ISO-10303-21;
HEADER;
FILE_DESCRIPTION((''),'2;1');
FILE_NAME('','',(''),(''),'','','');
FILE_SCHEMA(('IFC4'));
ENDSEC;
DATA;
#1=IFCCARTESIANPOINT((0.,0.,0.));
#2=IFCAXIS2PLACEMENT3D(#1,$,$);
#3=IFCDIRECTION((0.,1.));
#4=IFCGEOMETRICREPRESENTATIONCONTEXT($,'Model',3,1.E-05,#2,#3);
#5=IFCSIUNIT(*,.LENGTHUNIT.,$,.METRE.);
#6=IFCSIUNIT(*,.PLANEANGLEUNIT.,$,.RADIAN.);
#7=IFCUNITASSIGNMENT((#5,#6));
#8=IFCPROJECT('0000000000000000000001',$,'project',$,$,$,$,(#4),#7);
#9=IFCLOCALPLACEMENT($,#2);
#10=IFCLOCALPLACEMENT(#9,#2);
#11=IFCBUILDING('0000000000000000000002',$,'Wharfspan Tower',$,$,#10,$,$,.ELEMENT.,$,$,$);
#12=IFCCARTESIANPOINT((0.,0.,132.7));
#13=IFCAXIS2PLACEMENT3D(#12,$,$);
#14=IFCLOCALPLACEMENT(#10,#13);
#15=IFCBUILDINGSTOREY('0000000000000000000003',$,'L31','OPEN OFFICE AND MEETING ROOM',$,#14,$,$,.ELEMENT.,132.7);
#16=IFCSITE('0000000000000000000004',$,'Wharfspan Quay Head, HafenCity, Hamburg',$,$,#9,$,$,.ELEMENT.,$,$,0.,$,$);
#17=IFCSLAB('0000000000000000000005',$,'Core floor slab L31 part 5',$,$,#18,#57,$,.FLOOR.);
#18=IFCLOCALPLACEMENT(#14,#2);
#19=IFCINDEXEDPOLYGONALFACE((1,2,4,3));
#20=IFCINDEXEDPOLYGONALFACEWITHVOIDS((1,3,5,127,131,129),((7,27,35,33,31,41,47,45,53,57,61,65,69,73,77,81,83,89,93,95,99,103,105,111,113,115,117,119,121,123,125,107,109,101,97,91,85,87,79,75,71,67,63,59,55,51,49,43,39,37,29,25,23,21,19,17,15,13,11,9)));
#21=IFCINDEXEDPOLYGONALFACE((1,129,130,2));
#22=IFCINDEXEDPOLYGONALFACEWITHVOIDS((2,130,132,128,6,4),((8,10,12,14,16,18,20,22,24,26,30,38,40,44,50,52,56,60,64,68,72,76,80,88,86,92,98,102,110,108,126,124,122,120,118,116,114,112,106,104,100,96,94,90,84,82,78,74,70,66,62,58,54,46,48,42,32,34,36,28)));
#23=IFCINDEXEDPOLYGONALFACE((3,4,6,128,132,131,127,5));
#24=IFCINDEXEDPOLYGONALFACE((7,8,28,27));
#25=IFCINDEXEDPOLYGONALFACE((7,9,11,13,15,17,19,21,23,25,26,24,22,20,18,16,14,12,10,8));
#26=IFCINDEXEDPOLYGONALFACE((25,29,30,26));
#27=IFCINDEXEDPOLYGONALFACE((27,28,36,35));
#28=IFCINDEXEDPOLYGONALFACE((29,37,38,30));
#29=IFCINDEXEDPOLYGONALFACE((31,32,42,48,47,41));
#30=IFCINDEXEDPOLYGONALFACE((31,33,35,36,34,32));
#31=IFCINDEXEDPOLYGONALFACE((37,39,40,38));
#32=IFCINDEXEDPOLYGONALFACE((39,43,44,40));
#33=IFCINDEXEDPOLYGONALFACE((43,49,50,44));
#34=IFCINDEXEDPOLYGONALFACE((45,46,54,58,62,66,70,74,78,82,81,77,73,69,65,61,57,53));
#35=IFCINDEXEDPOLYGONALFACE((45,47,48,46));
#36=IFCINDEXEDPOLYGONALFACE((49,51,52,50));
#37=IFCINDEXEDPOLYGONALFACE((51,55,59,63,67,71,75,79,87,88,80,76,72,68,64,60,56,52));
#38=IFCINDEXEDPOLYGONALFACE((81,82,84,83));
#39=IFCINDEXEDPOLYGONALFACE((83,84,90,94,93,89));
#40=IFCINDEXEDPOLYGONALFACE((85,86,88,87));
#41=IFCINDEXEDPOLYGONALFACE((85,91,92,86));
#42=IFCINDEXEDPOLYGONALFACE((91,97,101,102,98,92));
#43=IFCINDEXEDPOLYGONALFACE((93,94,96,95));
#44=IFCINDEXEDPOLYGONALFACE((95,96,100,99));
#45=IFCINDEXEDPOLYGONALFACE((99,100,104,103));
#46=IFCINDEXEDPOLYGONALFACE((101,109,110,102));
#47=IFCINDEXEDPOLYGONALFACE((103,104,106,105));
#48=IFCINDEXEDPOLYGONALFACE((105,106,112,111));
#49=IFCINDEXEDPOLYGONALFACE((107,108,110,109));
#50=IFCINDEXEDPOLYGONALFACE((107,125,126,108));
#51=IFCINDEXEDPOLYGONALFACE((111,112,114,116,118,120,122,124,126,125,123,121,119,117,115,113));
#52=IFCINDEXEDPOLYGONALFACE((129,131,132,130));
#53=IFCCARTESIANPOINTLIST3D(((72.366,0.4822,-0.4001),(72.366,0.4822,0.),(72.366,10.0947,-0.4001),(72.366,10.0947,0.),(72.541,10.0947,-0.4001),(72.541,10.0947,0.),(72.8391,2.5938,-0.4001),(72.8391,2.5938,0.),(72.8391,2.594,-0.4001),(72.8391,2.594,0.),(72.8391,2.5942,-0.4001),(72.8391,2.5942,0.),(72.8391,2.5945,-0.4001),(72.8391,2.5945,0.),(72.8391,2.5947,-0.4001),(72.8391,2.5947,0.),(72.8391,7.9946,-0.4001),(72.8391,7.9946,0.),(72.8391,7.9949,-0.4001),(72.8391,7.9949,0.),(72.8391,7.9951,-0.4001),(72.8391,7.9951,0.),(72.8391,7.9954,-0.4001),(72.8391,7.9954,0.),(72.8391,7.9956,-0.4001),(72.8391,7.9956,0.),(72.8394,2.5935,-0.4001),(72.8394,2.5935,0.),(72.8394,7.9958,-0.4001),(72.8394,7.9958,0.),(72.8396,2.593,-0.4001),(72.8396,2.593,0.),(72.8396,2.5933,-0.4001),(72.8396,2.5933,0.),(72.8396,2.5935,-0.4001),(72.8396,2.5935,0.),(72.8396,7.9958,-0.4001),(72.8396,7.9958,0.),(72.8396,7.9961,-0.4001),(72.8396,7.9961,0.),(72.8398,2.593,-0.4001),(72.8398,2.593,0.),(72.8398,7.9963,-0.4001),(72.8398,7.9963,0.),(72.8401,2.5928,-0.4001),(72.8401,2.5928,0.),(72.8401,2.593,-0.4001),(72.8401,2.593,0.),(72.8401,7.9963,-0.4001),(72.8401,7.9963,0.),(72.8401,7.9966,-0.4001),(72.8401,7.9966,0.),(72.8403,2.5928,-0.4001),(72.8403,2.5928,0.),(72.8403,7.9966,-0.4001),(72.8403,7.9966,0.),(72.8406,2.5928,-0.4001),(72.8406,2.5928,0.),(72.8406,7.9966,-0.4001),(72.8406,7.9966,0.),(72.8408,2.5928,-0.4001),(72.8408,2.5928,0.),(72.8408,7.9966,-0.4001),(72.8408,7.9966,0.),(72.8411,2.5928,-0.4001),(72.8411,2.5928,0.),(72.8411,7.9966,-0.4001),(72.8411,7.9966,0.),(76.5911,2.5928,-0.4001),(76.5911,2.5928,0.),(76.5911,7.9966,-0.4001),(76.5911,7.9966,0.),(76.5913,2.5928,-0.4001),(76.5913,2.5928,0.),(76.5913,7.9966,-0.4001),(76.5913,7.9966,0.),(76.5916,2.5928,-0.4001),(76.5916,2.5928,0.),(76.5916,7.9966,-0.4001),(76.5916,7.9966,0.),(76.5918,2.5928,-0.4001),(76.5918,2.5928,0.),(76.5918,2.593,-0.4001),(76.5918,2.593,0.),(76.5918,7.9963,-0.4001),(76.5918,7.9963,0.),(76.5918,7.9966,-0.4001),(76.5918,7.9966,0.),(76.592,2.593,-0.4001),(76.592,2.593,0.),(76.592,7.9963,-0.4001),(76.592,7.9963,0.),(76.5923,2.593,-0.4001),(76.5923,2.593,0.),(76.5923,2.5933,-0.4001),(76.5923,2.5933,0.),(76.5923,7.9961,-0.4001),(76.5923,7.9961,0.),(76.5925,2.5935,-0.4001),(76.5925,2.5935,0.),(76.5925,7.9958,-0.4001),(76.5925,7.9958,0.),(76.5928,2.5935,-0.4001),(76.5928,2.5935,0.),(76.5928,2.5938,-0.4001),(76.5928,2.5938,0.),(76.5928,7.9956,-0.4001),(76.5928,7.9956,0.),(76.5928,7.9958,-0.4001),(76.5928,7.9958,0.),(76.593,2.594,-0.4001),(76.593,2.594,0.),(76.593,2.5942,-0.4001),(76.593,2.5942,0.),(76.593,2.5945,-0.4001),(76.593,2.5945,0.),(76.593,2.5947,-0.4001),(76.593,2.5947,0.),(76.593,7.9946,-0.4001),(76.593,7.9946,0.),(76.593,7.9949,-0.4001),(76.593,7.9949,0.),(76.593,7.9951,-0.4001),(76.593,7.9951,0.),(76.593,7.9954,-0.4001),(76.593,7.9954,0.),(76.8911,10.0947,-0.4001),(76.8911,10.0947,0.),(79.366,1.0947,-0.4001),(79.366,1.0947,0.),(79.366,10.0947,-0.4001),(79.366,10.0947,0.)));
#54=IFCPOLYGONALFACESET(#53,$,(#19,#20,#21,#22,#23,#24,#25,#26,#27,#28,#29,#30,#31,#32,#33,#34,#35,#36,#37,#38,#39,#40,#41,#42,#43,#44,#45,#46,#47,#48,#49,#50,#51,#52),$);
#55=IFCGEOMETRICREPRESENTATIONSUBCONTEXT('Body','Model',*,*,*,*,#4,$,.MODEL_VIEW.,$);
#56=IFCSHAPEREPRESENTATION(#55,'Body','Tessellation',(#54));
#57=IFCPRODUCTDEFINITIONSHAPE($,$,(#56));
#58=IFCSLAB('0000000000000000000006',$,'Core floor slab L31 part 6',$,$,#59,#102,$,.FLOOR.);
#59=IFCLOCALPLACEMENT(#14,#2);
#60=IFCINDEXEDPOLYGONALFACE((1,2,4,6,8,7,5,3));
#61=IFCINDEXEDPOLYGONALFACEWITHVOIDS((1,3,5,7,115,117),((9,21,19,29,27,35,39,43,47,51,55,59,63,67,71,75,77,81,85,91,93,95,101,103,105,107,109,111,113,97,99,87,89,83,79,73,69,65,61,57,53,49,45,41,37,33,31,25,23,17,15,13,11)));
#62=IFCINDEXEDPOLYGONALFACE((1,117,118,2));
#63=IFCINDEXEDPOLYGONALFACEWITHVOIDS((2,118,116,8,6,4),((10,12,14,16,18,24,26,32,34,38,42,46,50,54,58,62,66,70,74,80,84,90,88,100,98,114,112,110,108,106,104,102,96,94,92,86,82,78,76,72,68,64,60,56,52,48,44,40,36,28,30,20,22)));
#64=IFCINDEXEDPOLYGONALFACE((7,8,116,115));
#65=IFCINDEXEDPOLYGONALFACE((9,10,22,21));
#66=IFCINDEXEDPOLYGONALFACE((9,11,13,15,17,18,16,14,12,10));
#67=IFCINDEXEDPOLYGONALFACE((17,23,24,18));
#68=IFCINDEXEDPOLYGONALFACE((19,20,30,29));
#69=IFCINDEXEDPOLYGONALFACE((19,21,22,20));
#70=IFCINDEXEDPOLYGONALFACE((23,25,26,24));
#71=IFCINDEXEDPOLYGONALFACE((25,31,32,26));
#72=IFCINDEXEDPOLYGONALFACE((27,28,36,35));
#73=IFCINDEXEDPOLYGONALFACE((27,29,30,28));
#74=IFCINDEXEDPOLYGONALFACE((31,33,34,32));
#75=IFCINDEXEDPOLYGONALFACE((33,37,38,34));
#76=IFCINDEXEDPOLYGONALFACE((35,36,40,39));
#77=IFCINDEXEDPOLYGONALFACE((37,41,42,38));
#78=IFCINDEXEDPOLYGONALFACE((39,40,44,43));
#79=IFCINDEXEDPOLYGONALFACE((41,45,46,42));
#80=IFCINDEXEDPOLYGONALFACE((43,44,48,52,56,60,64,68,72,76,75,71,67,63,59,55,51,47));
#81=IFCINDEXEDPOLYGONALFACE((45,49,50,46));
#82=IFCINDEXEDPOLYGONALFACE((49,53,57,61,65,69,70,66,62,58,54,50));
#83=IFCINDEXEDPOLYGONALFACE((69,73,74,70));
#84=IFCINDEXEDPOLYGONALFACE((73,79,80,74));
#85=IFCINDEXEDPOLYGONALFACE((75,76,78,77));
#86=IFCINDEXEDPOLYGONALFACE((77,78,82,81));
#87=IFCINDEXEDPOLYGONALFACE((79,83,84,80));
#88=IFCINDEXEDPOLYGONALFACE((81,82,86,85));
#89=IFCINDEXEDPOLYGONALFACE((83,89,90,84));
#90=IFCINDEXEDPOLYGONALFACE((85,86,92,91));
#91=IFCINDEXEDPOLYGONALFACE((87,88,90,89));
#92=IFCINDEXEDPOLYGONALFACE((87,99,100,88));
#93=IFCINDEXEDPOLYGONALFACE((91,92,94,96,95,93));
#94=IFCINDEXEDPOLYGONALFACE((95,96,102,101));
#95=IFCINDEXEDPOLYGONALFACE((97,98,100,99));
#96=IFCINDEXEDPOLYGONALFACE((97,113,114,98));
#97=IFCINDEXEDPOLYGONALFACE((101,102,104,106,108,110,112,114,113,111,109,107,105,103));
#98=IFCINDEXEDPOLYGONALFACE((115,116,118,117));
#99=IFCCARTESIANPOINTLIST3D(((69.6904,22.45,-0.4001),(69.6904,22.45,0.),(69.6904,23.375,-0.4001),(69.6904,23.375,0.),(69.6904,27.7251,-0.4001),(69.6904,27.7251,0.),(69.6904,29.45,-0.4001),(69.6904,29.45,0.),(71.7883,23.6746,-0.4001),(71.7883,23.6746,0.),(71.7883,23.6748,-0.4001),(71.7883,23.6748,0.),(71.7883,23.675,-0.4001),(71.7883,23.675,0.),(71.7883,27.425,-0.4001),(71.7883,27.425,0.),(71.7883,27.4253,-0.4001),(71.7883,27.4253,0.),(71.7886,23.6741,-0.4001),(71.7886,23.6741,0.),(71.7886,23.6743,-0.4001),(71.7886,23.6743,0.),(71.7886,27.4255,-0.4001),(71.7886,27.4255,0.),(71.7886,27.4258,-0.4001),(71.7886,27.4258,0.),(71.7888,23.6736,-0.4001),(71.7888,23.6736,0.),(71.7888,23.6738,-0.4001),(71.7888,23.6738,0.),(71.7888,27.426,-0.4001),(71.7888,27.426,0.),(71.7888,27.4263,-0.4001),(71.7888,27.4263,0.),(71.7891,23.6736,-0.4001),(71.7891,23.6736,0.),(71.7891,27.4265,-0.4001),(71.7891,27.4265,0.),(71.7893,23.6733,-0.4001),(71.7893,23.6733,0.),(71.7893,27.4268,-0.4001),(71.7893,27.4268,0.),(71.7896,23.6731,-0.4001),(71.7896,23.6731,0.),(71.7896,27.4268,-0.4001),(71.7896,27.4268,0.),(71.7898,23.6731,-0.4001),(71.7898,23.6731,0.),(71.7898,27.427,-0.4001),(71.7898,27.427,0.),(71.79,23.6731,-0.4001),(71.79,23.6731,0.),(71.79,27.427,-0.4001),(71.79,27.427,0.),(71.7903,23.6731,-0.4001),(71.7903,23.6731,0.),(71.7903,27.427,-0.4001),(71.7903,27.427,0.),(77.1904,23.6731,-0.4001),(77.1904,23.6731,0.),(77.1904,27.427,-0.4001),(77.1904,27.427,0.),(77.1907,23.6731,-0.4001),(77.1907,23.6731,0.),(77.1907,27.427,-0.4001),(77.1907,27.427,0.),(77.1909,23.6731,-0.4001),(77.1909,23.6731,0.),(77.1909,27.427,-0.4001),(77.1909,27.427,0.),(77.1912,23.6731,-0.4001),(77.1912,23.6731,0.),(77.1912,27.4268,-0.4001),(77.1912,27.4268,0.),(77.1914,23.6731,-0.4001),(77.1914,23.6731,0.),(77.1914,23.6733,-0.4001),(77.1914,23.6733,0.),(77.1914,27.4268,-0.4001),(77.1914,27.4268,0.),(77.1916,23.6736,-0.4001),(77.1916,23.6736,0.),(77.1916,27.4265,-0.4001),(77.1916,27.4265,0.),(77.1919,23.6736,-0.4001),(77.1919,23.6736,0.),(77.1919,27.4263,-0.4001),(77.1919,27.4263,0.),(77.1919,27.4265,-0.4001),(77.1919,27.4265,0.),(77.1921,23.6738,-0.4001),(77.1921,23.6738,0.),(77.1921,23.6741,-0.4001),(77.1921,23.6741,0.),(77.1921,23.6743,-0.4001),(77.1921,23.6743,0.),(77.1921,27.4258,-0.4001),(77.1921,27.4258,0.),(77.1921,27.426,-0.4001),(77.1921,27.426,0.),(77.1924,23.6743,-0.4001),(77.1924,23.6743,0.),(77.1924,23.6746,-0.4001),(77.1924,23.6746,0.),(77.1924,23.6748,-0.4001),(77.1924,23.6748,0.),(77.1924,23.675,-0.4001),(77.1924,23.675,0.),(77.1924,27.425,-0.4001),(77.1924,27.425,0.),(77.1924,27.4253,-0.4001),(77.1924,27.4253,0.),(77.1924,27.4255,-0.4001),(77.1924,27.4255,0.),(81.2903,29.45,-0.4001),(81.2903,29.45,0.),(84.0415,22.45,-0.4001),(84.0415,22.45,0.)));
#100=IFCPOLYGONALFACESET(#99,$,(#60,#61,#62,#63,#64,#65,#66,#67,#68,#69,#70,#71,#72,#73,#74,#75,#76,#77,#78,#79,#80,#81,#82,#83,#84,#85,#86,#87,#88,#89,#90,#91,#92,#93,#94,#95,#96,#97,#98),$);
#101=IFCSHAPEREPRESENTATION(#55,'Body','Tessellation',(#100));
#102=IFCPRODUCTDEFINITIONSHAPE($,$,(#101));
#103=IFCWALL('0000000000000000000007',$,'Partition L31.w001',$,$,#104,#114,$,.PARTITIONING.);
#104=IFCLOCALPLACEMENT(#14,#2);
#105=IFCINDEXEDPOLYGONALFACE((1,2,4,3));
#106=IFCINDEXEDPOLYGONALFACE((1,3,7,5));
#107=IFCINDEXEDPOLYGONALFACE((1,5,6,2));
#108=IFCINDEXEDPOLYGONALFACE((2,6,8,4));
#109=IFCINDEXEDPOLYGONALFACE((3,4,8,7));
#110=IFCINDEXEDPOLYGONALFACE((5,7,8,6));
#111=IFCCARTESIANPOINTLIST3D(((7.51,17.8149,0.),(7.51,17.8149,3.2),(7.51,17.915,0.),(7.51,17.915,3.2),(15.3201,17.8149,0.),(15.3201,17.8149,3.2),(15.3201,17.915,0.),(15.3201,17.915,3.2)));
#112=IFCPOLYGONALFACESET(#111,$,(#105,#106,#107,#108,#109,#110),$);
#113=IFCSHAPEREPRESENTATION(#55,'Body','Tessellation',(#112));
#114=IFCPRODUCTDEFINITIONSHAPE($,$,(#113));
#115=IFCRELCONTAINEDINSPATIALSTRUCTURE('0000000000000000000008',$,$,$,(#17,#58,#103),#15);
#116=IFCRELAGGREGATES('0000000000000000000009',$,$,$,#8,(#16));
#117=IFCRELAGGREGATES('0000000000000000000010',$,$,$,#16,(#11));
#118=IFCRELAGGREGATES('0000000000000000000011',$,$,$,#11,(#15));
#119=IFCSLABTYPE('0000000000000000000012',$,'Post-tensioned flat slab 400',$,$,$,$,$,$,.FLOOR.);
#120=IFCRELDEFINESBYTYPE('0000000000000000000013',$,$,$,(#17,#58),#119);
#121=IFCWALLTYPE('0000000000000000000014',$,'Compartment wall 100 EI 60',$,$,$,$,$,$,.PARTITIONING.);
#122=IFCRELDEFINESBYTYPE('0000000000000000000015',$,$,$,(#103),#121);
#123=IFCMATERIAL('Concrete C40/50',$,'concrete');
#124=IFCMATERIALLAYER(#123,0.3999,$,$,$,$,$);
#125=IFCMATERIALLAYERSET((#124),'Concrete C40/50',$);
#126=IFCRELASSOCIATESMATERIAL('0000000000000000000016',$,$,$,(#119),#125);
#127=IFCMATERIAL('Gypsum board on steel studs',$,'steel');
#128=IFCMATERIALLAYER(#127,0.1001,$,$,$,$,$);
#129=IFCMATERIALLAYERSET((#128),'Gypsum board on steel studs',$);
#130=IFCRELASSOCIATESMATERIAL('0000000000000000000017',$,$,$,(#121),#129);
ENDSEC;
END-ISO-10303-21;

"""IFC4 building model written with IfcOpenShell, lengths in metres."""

from ifc_helpers import new_model, si_unit, direction, frame, frame_2d, origin, place, context, subcontext, project, spatial, polyline, rectangle, outline, extrude, material, layer, layer_set, type_object, element, save


model = new_model("IFC4")

# Units and contexts
model_context = context("Model", 3, precision=1e-05, world=origin(), true_north=direction((0.0, 1.0)))
body_context = subcontext(model_context, "Body", "Model", "MODEL_VIEW")
ifc_project = project(units=[si_unit("LENGTHUNIT", "METRE"), si_unit("PLANEANGLEUNIT", "RADIAN")], contexts=[model_context])

# Site, building, storey
site_placement = place(None, origin())
site = spatial("IfcSite", under=ifc_project, at=site_placement, Name="Wharfspan Quay Head, HafenCity, Hamburg", CompositionType="ELEMENT", RefElevation=0.0)
building_placement = place(site_placement, origin())
building = spatial("IfcBuilding", under=site, at=building_placement, Name="Wharfspan Tower", CompositionType="ELEMENT")
storey_placement = place(building_placement, frame((0.0, 0.0, 132.7)))
storey = spatial("IfcBuildingStorey", under=building, at=storey_placement, Name="L31", Description="OPEN OFFICE AND MEETING ROOM", CompositionType="ELEMENT", Elevation=132.7)

# Slabs
ifc_material_1 = material(Name="Concrete C40/50", Category="concrete")
ifc_layer_1 = layer(ifc_material_1, 0.3999)
ifc_layer_set_1 = layer_set([ifc_layer_1], Name="Concrete C40/50")
slab_type = type_object("IfcSlabType", Name="Post-tensioned flat slab 400", PredefinedType="FLOOR", material=ifc_layer_set_1)
slab_1_placement = place(storey_placement, frame((0.0, 0.0, -0.4001)))
element("IfcSlab", 1, at=slab_1_placement, inside=storey, type_object=slab_type, Name="Core floor slab L31 part 5", PredefinedType="FLOOR", context=body_context, shape_type="SweptSolid", body=[
    extrude(outline(polyline([(79.366, 10.0947), (76.8911, 10.0947), (72.541, 10.0947), (72.366, 10.0947), (72.366, 0.4822), (79.366, 1.0947), (79.366, 10.0947)]), holes=[polyline([(76.5911, 7.9966), (76.5913, 7.9966), (76.5913, 7.9966), (76.5916, 7.9966), (76.5918, 7.9966), (76.5918, 7.9963), (76.592, 7.9963), (76.5923, 7.9961), (76.5923, 7.9961), (76.5925, 7.9958), (76.5928, 7.9958), (76.5928, 7.9956), (76.593, 7.9954), (76.593, 7.9951), (76.593, 7.9951), (76.593, 7.9949), (76.593, 7.9946), (76.593, 2.5947), (76.593, 2.5945), (76.593, 2.5942), (76.593, 2.594), (76.593, 2.594), (76.5928, 2.5938), (76.5928, 2.5935), (76.5925, 2.5935), (76.5923, 2.5933), (76.5923, 2.593), (76.592, 2.593), (76.5918, 2.593), (76.5918, 2.5928), (76.5916, 2.5928), (76.5913, 2.5928), (76.5913, 2.5928), (76.5911, 2.5928), (72.8411, 2.5928), (72.8408, 2.5928), (72.8406, 2.5928), (72.8403, 2.5928), (72.8401, 2.5928), (72.8401, 2.593), (72.8398, 2.593), (72.8396, 2.593), (72.8396, 2.5933), (72.8396, 2.5935), (72.8394, 2.5935), (72.8391, 2.5938), (72.8391, 2.594), (72.8391, 2.594), (72.8391, 2.5942), (72.8391, 2.5945), (72.8391, 2.5947), (72.8391, 7.9946), (72.8391, 7.9949), (72.8391, 7.9951), (72.8391, 7.9951), (72.8391, 7.9954), (72.8391, 7.9956), (72.8394, 7.9958), (72.8396, 7.9958), (72.8396, 7.9961), (72.8396, 7.9961), (72.8398, 7.9963), (72.8401, 7.9963), (72.8401, 7.9966), (72.8403, 7.9966), (72.8406, 7.9966), (72.8408, 7.9966), (72.8411, 7.9966), (76.5911, 7.9966)])]), origin(), (0.0, 0.0, 1.0), 0.4001),
])
slab_2_placement = place(storey_placement, frame((0.0, 0.0, -0.4001)))
element("IfcSlab", 2, at=slab_2_placement, inside=storey, type_object=slab_type, Name="Core floor slab L31 part 6", PredefinedType="FLOOR", context=body_context, shape_type="SweptSolid", body=[
    extrude(outline(polyline([(81.2903, 29.45), (69.6904, 29.45), (69.6904, 27.7251), (69.6904, 23.375), (69.6904, 22.45), (84.0415, 22.45), (81.2903, 29.45)]), holes=[polyline([(71.7903, 23.6731), (71.7903, 23.6731), (71.79, 23.6731), (71.7898, 23.6731), (71.7896, 23.6731), (71.7896, 23.6731), (71.7893, 23.6733), (71.7891, 23.6736), (71.7891, 23.6736), (71.7888, 23.6736), (71.7888, 23.6738), (71.7886, 23.6741), (71.7886, 23.6743), (71.7886, 23.6743), (71.7883, 23.6746), (71.7883, 23.6748), (71.7883, 23.675), (71.7883, 27.425), (71.7883, 27.4253), (71.7883, 27.4253), (71.7886, 27.4255), (71.7886, 27.4258), (71.7886, 27.4258), (71.7888, 27.426), (71.7888, 27.4263), (71.7891, 27.4265), (71.7891, 27.4265), (71.7893, 27.4268), (71.7896, 27.4268), (71.7896, 27.4268), (71.7898, 27.427), (71.79, 27.427), (71.7903, 27.427), (71.7903, 27.427), (77.1904, 27.427), (77.1907, 27.427), (77.1909, 27.427), (77.1909, 27.427), (77.1912, 27.4268), (77.1914, 27.4268), (77.1914, 27.4268), (77.1916, 27.4265), (77.1919, 27.4265), (77.1919, 27.4263), (77.1921, 27.426), (77.1921, 27.4258), (77.1921, 27.4258), (77.1924, 27.4255), (77.1924, 27.4253), (77.1924, 27.4253), (77.1924, 27.425), (77.1924, 23.675), (77.1924, 23.6748), (77.1924, 23.6746), (77.1924, 23.6743), (77.1921, 23.6743), (77.1921, 23.6741), (77.1921, 23.6738), (77.1919, 23.6736), (77.1919, 23.6736), (77.1916, 23.6736), (77.1914, 23.6733), (77.1914, 23.6731), (77.1912, 23.6731), (77.1909, 23.6731), (77.1909, 23.6731), (77.1907, 23.6731), (77.1904, 23.6731), (71.7903, 23.6731)])]), origin(), (0.0, 0.0, 1.0), 0.4001),
])

# Wall
ifc_material_2 = material(Name="Gypsum board on steel studs", Category="steel")
ifc_layer_2 = layer(ifc_material_2, 0.1001)
ifc_layer_set_2 = layer_set([ifc_layer_2], Name="Gypsum board on steel studs")
wall_type_1 = type_object("IfcWallType", Name="Compartment wall 100 EI 60", PredefinedType="PARTITIONING", material=ifc_layer_set_2)
wall_1_placement = place(storey_placement, frame((7.51, 17.865, 0.0), z_axis=(0.0, 0.0, 1.0), x_axis=(1.0, 0.0, 0.0)))
element("IfcWall", 3, at=wall_1_placement, inside=storey, type_object=wall_type_1, Name="Partition L31.w001", PredefinedType="PARTITIONING", context=body_context, shape_type="SweptSolid", body=[
    extrude(rectangle(XDim=7.8101, YDim=0.1001, at=frame_2d((3.905, 0.0))), origin(), (0.0, 0.0, 1.0), 3.2),
])

save(model, "model.ifc")
